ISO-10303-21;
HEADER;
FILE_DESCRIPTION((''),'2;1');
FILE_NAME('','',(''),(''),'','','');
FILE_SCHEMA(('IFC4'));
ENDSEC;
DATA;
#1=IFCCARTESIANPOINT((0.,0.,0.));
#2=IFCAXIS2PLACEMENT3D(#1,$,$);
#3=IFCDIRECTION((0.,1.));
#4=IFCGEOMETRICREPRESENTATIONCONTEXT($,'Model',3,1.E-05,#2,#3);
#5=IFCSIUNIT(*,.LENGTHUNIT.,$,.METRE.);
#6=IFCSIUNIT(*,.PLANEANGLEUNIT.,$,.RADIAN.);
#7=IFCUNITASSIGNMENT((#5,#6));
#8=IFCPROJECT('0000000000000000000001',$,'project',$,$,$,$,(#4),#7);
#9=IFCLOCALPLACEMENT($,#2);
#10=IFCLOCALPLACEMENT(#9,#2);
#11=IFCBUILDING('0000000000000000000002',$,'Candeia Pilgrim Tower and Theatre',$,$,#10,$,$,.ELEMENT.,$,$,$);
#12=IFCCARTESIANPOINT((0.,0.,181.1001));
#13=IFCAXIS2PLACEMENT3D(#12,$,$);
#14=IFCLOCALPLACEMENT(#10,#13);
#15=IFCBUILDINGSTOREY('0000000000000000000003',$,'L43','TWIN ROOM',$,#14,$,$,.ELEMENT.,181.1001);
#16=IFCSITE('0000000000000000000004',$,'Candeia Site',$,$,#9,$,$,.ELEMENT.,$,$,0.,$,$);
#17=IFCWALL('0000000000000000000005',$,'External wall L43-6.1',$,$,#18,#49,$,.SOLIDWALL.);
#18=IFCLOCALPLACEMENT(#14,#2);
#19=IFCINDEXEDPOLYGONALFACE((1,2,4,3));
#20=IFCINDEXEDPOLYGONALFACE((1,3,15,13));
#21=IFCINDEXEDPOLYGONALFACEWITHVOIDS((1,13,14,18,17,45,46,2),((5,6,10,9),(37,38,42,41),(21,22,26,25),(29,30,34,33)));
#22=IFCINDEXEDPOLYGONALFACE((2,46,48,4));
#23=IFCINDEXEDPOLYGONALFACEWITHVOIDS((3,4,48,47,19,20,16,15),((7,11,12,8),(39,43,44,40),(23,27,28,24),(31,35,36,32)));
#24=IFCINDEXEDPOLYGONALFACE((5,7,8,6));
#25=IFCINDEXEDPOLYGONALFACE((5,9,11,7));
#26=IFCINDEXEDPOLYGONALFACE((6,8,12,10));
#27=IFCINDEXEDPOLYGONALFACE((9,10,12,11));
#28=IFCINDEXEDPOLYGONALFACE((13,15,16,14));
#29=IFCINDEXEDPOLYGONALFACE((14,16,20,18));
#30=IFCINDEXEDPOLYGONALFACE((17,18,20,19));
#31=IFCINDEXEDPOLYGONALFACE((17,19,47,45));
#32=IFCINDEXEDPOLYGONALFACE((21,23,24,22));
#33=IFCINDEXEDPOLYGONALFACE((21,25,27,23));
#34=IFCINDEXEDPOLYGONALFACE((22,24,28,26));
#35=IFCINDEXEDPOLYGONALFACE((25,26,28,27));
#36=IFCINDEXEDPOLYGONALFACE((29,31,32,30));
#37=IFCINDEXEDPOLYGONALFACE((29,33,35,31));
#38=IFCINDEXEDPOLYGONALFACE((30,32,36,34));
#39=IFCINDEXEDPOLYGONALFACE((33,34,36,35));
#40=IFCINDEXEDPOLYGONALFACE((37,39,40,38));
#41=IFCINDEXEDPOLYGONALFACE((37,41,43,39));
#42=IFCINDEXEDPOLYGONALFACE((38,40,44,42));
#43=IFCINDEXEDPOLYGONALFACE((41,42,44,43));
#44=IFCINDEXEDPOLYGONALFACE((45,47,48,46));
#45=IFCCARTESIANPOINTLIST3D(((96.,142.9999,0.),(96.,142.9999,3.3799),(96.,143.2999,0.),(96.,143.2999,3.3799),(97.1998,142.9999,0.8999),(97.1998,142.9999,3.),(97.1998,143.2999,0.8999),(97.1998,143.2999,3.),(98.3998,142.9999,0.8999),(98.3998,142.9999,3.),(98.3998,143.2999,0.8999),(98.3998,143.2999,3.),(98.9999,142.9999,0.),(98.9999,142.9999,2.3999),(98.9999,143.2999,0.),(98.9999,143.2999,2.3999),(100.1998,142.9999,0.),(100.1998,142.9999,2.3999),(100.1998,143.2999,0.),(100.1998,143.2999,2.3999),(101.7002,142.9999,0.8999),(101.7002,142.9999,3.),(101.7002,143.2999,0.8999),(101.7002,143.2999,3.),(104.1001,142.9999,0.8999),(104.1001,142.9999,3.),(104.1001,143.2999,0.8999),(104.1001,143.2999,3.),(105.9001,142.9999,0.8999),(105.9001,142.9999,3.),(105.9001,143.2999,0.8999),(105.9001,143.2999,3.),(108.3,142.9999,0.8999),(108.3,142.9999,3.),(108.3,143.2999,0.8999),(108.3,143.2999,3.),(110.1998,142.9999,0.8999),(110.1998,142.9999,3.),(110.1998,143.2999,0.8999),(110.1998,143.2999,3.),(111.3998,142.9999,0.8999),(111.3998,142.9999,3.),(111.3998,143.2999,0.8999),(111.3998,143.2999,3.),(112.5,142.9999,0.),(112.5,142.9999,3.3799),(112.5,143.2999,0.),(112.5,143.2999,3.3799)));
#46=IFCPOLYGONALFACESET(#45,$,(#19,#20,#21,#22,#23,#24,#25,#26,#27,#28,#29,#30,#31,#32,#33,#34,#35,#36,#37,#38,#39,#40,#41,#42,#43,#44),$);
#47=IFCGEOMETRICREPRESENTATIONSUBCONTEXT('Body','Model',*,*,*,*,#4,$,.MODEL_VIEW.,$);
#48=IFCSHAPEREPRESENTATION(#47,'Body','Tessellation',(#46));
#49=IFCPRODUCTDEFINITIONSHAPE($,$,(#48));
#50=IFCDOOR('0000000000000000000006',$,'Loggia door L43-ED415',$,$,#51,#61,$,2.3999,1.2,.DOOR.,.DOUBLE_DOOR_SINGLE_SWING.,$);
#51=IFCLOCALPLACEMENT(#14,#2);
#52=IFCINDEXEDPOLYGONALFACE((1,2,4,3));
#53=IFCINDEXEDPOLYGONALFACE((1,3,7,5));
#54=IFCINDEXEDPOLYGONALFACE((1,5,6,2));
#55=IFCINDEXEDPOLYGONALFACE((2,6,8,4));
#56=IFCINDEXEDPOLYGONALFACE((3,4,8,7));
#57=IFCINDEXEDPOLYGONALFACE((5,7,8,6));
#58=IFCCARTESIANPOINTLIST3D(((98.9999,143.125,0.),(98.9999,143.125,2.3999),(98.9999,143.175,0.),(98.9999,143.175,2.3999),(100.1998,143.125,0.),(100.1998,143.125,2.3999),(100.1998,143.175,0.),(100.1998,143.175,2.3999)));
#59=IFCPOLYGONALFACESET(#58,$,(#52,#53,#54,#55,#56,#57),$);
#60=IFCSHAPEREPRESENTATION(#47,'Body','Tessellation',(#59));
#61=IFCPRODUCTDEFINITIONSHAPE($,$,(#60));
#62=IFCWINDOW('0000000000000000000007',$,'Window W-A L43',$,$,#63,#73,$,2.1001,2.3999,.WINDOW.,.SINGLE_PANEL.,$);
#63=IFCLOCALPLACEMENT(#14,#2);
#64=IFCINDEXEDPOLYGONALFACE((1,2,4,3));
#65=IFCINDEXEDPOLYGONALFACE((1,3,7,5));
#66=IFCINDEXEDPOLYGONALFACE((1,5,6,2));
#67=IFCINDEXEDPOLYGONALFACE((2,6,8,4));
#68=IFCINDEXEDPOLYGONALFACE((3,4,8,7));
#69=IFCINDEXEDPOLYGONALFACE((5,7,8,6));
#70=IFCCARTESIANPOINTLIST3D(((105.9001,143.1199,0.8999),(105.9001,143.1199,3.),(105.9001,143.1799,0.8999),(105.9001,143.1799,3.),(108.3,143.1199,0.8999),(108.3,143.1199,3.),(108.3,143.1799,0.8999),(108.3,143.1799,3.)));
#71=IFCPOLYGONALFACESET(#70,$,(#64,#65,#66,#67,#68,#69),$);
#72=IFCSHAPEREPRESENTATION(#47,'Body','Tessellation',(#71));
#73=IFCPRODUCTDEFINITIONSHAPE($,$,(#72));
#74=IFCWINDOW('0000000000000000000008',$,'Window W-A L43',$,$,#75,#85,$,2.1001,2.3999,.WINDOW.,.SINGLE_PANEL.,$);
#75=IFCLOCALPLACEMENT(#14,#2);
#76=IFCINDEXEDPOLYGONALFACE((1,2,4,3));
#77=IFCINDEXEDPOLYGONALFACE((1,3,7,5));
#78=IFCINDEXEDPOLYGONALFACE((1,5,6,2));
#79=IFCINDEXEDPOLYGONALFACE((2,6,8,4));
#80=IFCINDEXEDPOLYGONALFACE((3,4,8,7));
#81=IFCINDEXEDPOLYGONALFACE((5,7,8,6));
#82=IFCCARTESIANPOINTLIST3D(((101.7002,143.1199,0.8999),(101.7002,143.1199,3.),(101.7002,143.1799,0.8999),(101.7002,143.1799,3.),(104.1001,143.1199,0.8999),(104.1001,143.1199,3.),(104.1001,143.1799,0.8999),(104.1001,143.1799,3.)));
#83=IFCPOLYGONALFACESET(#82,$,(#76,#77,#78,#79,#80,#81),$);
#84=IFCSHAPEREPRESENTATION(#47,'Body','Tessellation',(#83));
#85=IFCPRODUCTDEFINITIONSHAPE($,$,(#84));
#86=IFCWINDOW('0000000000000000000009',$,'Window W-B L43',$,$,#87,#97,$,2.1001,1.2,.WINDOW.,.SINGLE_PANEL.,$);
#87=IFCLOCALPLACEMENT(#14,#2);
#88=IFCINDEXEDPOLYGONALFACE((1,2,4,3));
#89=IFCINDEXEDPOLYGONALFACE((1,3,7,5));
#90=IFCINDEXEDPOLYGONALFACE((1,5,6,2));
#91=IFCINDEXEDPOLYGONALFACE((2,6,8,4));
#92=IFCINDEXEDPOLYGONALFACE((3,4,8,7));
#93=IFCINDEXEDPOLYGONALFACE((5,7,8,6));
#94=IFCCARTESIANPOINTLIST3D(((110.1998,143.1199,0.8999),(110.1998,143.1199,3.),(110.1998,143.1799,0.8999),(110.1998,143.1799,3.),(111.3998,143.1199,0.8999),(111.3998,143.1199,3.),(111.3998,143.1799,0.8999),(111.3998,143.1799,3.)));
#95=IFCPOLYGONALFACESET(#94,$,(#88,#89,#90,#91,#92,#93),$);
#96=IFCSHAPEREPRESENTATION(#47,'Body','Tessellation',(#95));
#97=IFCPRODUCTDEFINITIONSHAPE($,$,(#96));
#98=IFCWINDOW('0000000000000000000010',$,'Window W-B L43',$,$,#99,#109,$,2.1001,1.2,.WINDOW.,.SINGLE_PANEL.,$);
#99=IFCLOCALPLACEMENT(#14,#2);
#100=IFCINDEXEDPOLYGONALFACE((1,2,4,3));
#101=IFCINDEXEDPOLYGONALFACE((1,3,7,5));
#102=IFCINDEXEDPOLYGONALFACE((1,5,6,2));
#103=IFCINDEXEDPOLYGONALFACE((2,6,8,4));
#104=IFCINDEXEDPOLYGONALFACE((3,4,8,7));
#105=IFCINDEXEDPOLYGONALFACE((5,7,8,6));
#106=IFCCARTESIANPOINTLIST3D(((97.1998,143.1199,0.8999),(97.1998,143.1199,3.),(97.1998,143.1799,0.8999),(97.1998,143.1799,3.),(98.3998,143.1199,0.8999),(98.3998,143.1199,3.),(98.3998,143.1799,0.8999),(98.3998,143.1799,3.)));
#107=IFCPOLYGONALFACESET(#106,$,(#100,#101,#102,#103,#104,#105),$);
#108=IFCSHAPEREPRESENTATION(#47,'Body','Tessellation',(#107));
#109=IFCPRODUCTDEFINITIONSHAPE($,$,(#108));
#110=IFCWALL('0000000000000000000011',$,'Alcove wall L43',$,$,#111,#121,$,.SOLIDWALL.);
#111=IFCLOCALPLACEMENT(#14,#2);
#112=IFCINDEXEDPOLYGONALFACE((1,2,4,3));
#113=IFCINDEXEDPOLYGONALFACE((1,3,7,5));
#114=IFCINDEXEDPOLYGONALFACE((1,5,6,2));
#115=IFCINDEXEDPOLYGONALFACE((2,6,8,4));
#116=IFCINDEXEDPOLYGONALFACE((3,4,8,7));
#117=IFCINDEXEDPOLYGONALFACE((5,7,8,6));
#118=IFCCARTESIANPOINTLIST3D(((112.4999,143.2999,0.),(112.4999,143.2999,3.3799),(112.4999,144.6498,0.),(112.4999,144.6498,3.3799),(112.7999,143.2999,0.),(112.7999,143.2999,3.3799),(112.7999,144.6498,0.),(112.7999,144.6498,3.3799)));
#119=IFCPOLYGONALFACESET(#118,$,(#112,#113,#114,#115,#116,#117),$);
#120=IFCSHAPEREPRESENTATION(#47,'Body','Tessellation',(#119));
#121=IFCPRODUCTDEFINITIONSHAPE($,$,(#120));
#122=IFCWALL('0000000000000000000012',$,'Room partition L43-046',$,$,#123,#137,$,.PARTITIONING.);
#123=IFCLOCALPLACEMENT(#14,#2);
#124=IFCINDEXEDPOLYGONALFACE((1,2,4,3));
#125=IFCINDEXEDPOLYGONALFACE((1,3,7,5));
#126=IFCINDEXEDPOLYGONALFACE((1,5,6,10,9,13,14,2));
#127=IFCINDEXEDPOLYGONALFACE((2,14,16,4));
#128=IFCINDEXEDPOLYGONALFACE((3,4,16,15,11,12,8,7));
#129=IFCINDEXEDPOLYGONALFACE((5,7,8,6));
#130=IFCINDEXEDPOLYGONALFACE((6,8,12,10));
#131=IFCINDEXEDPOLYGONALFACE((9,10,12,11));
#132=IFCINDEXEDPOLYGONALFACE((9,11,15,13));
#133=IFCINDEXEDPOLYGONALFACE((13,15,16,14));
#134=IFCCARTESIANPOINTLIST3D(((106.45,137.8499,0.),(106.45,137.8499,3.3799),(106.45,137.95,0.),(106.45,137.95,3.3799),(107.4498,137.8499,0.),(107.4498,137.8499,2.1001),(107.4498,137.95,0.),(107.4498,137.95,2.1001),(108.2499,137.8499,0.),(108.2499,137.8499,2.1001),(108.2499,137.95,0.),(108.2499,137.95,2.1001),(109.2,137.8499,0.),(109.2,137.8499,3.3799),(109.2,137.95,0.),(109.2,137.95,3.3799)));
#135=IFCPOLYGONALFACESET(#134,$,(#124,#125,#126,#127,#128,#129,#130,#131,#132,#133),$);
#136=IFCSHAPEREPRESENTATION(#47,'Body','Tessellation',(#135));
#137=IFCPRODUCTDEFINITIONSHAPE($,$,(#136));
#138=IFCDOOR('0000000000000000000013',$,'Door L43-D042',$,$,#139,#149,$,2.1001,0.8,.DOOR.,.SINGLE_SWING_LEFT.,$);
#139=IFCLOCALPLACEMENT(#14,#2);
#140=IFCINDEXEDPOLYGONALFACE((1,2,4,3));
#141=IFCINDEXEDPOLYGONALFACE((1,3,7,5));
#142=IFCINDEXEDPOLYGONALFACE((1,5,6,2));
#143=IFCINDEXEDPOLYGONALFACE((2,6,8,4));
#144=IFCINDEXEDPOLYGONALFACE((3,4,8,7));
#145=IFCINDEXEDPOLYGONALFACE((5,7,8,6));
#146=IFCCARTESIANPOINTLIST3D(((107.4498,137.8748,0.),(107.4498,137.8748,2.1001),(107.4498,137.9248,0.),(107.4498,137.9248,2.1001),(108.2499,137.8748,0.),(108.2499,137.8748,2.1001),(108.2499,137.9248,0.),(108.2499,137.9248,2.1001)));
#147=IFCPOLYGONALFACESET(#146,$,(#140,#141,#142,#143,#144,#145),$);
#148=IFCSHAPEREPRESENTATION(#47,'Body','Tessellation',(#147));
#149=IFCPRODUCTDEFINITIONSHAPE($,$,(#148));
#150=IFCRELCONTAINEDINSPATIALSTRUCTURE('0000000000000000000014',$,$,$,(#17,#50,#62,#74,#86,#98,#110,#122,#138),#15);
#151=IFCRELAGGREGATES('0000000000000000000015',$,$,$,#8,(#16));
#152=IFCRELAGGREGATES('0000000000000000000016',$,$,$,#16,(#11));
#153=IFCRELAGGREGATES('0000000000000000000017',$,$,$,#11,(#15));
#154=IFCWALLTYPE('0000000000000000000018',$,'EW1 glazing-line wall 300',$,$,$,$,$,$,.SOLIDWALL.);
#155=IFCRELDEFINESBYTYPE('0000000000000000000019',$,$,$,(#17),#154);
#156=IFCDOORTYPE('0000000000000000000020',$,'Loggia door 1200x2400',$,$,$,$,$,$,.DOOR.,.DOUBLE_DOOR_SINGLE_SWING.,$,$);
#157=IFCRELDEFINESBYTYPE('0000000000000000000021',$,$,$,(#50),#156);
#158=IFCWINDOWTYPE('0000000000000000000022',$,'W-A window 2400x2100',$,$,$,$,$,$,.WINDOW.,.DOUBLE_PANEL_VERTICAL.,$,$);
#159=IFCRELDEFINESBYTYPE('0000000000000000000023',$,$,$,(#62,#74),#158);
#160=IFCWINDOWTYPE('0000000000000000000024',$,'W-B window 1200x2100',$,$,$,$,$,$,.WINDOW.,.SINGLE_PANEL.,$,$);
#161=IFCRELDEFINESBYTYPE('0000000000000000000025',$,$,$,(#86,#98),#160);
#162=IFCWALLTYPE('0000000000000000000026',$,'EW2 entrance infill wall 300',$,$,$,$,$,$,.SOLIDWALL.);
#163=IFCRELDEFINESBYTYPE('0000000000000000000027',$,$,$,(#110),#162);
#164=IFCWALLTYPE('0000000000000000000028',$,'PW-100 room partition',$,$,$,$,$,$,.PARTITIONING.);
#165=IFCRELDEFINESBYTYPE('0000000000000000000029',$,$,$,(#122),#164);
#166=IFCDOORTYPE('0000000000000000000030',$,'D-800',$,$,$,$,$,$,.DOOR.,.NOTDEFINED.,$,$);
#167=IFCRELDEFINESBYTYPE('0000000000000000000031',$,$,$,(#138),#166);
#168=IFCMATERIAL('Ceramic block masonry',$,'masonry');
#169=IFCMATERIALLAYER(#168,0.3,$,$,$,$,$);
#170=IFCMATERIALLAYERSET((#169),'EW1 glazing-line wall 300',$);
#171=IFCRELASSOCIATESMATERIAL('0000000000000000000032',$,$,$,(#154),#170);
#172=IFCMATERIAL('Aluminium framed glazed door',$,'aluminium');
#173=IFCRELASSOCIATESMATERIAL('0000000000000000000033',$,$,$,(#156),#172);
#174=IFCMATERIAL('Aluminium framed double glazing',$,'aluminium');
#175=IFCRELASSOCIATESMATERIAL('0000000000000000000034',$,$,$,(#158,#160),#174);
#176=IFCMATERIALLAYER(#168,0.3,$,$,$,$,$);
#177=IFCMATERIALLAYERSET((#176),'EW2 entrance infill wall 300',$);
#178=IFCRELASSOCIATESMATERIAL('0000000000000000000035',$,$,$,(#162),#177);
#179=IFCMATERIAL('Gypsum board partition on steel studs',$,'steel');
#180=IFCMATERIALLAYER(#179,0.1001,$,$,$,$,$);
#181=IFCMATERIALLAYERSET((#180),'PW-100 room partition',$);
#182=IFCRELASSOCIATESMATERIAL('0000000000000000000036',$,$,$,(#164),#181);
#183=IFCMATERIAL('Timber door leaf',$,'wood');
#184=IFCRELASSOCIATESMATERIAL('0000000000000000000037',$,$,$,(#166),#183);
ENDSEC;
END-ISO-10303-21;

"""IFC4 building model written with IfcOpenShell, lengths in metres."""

from ifc_helpers import new_model, si_unit, direction, frame, frame_2d, origin, place, context, subcontext, project, spatial, rectangle, extrude, material, layer, layer_set, type_object, element, fill, save


model = new_model("IFC4")

# Units and contexts
model_context = context("Model", 3, precision=1e-05, world=origin(), true_north=direction((0.0, 1.0)))
body_context = subcontext(model_context, "Body", "Model", "MODEL_VIEW")
ifc_project = project(units=[si_unit("LENGTHUNIT", "METRE"), si_unit("PLANEANGLEUNIT", "RADIAN")], contexts=[model_context])

# Site, building, storey
site_placement = place(None, origin())
site = spatial("IfcSite", under=ifc_project, at=site_placement, Name="Candeia Site", CompositionType="ELEMENT", RefElevation=0.0)
building_placement = place(site_placement, origin())
building = spatial("IfcBuilding", under=site, at=building_placement, Name="Candeia Pilgrim Tower and Theatre", CompositionType="ELEMENT")
storey_placement = place(building_placement, frame((0.0, 0.0, 181.1001)))
storey = spatial("IfcBuildingStorey", under=building, at=storey_placement, Name="L43", Description="TWIN ROOM", CompositionType="ELEMENT", Elevation=181.1001)

# Wall, openings, door, windows
ifc_material_1 = material(Name="Ceramic block masonry", Category="masonry")
ifc_layer_1 = layer(ifc_material_1, 0.3)
ifc_layer_set_1 = layer_set([ifc_layer_1], Name="EW1 glazing-line wall 300")
wall_type_1 = type_object("IfcWallType", Name="EW1 glazing-line wall 300", PredefinedType="SOLIDWALL", material=ifc_layer_set_1)
wall_1_placement = place(storey_placement, frame((112.5, 143.1499, 0.0), z_axis=(0.0, 0.0, 1.0), x_axis=(-1.0, 0.0, 0.0)))
wall_1 = element("IfcWall", 1, at=wall_1_placement, inside=storey, type_object=wall_type_1, Name="External wall L43-6.1", PredefinedType="SOLIDWALL", context=body_context, shape_type="SweptSolid", body=[
    extrude(rectangle(XDim=16.5, YDim=0.3, at=frame_2d((8.25, 0.0))), origin(), (0.0, 0.0, 1.0), 3.3799),
])
opening_1_placement = place(wall_1_placement, frame((1.1001, 0.0, 0.8999)))
opening_1 = element("IfcOpeningElement", 2, at=opening_1_placement, cuts=wall_1, PredefinedType="OPENING", context=body_context, shape_type="SweptSolid", body=[
    extrude(rectangle(XDim=1.2, YDim=2.1001, at=frame_2d((0.6001, 1.05))), frame((0.0, 0.1602, 0.0), z_axis=(0.0, -1.0, 0.0), x_axis=(1.0, 0.0, 0.0)), (0.0, 0.0, 1.0), 0.3201),
])
opening_2_placement = place(wall_1_placement, frame((4.2, 0.0, 0.8999)))
opening_2 = element("IfcOpeningElement", 3, at=opening_2_placement, cuts=wall_1, PredefinedType="OPENING", context=body_context, shape_type="SweptSolid", body=[
    extrude(rectangle(XDim=2.3999, YDim=2.1001, at=frame_2d((1.2, 1.05))), frame((0.0, 0.1602, 0.0), z_axis=(0.0, -1.0, 0.0), x_axis=(1.0, 0.0, 0.0)), (0.0, 0.0, 1.0), 0.3201),
])
opening_3_placement = place(wall_1_placement, frame((8.3999, 0.0, 0.8999)))
opening_3 = element("IfcOpeningElement", 4, at=opening_3_placement, cuts=wall_1, PredefinedType="OPENING", context=body_context, shape_type="SweptSolid", body=[
    extrude(rectangle(XDim=2.3999, YDim=2.1001, at=frame_2d((1.2, 1.05))), frame((0.0, 0.1602, 0.0), z_axis=(0.0, -1.0, 0.0), x_axis=(1.0, 0.0, 0.0)), (0.0, 0.0, 1.0), 0.3201),
])
opening_4_placement = place(wall_1_placement, frame((12.3, 0.0, 0.0)))
opening_4 = element("IfcOpeningElement", 5, at=opening_4_placement, cuts=wall_1, PredefinedType="OPENING", context=body_context, shape_type="SweptSolid", body=[
    extrude(rectangle(XDim=1.2, YDim=2.3999, at=frame_2d((0.6001, 1.2))), frame((0.0, 0.1602, 0.0), z_axis=(0.0, -1.0, 0.0), x_axis=(1.0, 0.0, 0.0)), (0.0, 0.0, 1.0), 0.3201),
])
opening_5_placement = place(wall_1_placement, frame((14.1001, 0.0, 0.8999)))
opening_5 = element("IfcOpeningElement", 6, at=opening_5_placement, cuts=wall_1, PredefinedType="OPENING", context=body_context, shape_type="SweptSolid", body=[
    extrude(rectangle(XDim=1.2, YDim=2.1001, at=frame_2d((0.6001, 1.05))), frame((0.0, 0.1602, 0.0), z_axis=(0.0, -1.0, 0.0), x_axis=(1.0, 0.0, 0.0)), (0.0, 0.0, 1.0), 0.3201),
])
ifc_material_2 = material(Name="Aluminium framed glazed door", Category="aluminium")
door_type_1 = type_object("IfcDoorType", Name="Loggia door 1200x2400", OperationType="DOUBLE_DOOR_SINGLE_SWING", PredefinedType="DOOR", material=ifc_material_2)
door_1_placement = place(opening_4_placement, origin())
door_1 = element("IfcDoor", 7, at=door_1_placement, inside=storey, type_object=door_type_1, Name="Loggia door L43-ED415", OperationType="DOUBLE_DOOR_SINGLE_SWING", OverallHeight=2.3999, OverallWidth=1.2, PredefinedType="DOOR", context=body_context, shape_type="SweptSolid", body=[
    extrude(rectangle(XDim=1.2, YDim=2.3999, at=frame_2d((0.6001, 1.2))), frame((0.0, 0.0249, 0.0), z_axis=(0.0, -1.0, 0.0), x_axis=(1.0, 0.0, 0.0)), (0.0, 0.0, 1.0), 0.05),
])
fill(opening_4, door_1)
ifc_material_3 = material(Name="Aluminium framed double glazing", Category="aluminium")
window_type_1 = type_object("IfcWindowType", Name="W-A window 2400x2100", PartitioningType="DOUBLE_PANEL_VERTICAL", PredefinedType="WINDOW", material=ifc_material_3)
window_1_placement = place(opening_2_placement, origin())
window_1 = element("IfcWindow", 8, at=window_1_placement, inside=storey, type_object=window_type_1, Name="Window W-A L43", OverallHeight=2.1001, OverallWidth=2.3999, PartitioningType="SINGLE_PANEL", PredefinedType="WINDOW", context=body_context, shape_type="SweptSolid", body=[
    extrude(rectangle(XDim=2.3999, YDim=2.1001, at=frame_2d((1.2, 1.05))), frame((0.0, 0.03, 0.0), z_axis=(0.0, -1.0, 0.0), x_axis=(1.0, 0.0, 0.0)), (0.0, 0.0, 1.0), 0.0601),
])
fill(opening_2, window_1)
window_2_placement = place(opening_3_placement, origin())
window_2 = element("IfcWindow", 9, at=window_2_placement, inside=storey, type_object=window_type_1, Name="Window W-A L43", OverallHeight=2.1001, OverallWidth=2.3999, PartitioningType="SINGLE_PANEL", PredefinedType="WINDOW", context=body_context, shape_type="SweptSolid", body=[
    extrude(rectangle(XDim=2.3999, YDim=2.1001, at=frame_2d((1.2, 1.05))), frame((0.0, 0.03, 0.0), z_axis=(0.0, -1.0, 0.0), x_axis=(1.0, 0.0, 0.0)), (0.0, 0.0, 1.0), 0.0601),
])
fill(opening_3, window_2)
window_type_2 = type_object("IfcWindowType", Name="W-B window 1200x2100", PartitioningType="SINGLE_PANEL", PredefinedType="WINDOW", material=ifc_material_3)
window_3_placement = place(opening_1_placement, origin())
window_3 = element("IfcWindow", 10, at=window_3_placement, inside=storey, type_object=window_type_2, Name="Window W-B L43", OverallHeight=2.1001, OverallWidth=1.2, PartitioningType="SINGLE_PANEL", PredefinedType="WINDOW", context=body_context, shape_type="SweptSolid", body=[
    extrude(rectangle(XDim=1.2, YDim=2.1001, at=frame_2d((0.6001, 1.05))), frame((0.0, 0.03, 0.0), z_axis=(0.0, -1.0, 0.0), x_axis=(1.0, 0.0, 0.0)), (0.0, 0.0, 1.0), 0.0601),
])
fill(opening_1, window_3)
window_4_placement = place(opening_5_placement, origin())
window_4 = element("IfcWindow", 11, at=window_4_placement, inside=storey, type_object=window_type_2, Name="Window W-B L43", OverallHeight=2.1001, OverallWidth=1.2, PartitioningType="SINGLE_PANEL", PredefinedType="WINDOW", context=body_context, shape_type="SweptSolid", body=[
    extrude(rectangle(XDim=1.2, YDim=2.1001, at=frame_2d((0.6001, 1.05))), frame((0.0, 0.03, 0.0), z_axis=(0.0, -1.0, 0.0), x_axis=(1.0, 0.0, 0.0)), (0.0, 0.0, 1.0), 0.0601),
])
fill(opening_5, window_4)

# Wall
ifc_layer_2 = layer(ifc_material_1, 0.3)
ifc_layer_set_2 = layer_set([ifc_layer_2], Name="EW2 entrance infill wall 300")
wall_type_2 = type_object("IfcWallType", Name="EW2 entrance infill wall 300", PredefinedType="SOLIDWALL", material=ifc_layer_set_2)
wall_2_placement = place(storey_placement, frame((112.6499, 143.3, 0.0), z_axis=(0.0, 0.0, 1.0), x_axis=(0.0, 1.0, 0.0)))
element("IfcWall", 12, at=wall_2_placement, inside=storey, type_object=wall_type_2, Name="Alcove wall L43", PredefinedType="SOLIDWALL", context=body_context, shape_type="SweptSolid", body=[
    extrude(rectangle(XDim=1.3499, YDim=0.3, at=frame_2d((0.6748, 0.0))), origin(), (0.0, 0.0, 1.0), 3.3799),
])

# Wall, opening, door
ifc_material_4 = material(Name="Gypsum board partition on steel studs", Category="steel")
ifc_layer_3 = layer(ifc_material_4, 0.1001)
ifc_layer_set_3 = layer_set([ifc_layer_3], Name="PW-100 room partition")
wall_type_3 = type_object("IfcWallType", Name="PW-100 room partition", PredefinedType="PARTITIONING", material=ifc_layer_set_3)
wall_3_placement = place(storey_placement, frame((106.45, 137.8999, 0.0), z_axis=(0.0, 0.0, 1.0), x_axis=(1.0, 0.0, 0.0)))
wall_3 = element("IfcWall", 13, at=wall_3_placement, inside=storey, type_object=wall_type_3, Name="Room partition L43-046", PredefinedType="PARTITIONING", context=body_context, shape_type="SweptSolid", body=[
    extrude(rectangle(XDim=2.75, YDim=0.1001, at=frame_2d((1.375, 0.0))), origin(), (0.0, 0.0, 1.0), 3.3799),
])
opening_6_placement = place(wall_3_placement, frame((1.0, 0.0, 0.0)))
opening_6 = element("IfcOpeningElement", 14, at=opening_6_placement, cuts=wall_3, PredefinedType="OPENING", context=body_context, shape_type="SweptSolid", body=[
    extrude(rectangle(XDim=0.8, YDim=2.1001, at=frame_2d((0.3999, 1.05))), frame((0.0, 0.0601, 0.0), z_axis=(0.0, -1.0, 0.0), x_axis=(1.0, 0.0, 0.0)), (0.0, 0.0, 1.0), 0.1201),
])
ifc_material_5 = material(Name="Timber door leaf", Category="wood")
door_type_2 = type_object("IfcDoorType", Name="D-800", OperationType="NOTDEFINED", PredefinedType="DOOR", material=ifc_material_5)
door_2_placement = place(opening_6_placement, origin())
door_2 = element("IfcDoor", 15, at=door_2_placement, inside=storey, type_object=door_type_2, Name="Door L43-D042", OperationType="SINGLE_SWING_LEFT", OverallHeight=2.1001, OverallWidth=0.8, PredefinedType="DOOR", context=body_context, shape_type="SweptSolid", body=[
    extrude(rectangle(XDim=0.8, YDim=2.1001, at=frame_2d((0.3999, 1.05))), frame((0.0, 0.0249, 0.0), z_axis=(0.0, -1.0, 0.0), x_axis=(1.0, 0.0, 0.0)), (0.0, 0.0, 1.0), 0.05),
])
fill(opening_6, door_2)

save(model, "model.ifc")
